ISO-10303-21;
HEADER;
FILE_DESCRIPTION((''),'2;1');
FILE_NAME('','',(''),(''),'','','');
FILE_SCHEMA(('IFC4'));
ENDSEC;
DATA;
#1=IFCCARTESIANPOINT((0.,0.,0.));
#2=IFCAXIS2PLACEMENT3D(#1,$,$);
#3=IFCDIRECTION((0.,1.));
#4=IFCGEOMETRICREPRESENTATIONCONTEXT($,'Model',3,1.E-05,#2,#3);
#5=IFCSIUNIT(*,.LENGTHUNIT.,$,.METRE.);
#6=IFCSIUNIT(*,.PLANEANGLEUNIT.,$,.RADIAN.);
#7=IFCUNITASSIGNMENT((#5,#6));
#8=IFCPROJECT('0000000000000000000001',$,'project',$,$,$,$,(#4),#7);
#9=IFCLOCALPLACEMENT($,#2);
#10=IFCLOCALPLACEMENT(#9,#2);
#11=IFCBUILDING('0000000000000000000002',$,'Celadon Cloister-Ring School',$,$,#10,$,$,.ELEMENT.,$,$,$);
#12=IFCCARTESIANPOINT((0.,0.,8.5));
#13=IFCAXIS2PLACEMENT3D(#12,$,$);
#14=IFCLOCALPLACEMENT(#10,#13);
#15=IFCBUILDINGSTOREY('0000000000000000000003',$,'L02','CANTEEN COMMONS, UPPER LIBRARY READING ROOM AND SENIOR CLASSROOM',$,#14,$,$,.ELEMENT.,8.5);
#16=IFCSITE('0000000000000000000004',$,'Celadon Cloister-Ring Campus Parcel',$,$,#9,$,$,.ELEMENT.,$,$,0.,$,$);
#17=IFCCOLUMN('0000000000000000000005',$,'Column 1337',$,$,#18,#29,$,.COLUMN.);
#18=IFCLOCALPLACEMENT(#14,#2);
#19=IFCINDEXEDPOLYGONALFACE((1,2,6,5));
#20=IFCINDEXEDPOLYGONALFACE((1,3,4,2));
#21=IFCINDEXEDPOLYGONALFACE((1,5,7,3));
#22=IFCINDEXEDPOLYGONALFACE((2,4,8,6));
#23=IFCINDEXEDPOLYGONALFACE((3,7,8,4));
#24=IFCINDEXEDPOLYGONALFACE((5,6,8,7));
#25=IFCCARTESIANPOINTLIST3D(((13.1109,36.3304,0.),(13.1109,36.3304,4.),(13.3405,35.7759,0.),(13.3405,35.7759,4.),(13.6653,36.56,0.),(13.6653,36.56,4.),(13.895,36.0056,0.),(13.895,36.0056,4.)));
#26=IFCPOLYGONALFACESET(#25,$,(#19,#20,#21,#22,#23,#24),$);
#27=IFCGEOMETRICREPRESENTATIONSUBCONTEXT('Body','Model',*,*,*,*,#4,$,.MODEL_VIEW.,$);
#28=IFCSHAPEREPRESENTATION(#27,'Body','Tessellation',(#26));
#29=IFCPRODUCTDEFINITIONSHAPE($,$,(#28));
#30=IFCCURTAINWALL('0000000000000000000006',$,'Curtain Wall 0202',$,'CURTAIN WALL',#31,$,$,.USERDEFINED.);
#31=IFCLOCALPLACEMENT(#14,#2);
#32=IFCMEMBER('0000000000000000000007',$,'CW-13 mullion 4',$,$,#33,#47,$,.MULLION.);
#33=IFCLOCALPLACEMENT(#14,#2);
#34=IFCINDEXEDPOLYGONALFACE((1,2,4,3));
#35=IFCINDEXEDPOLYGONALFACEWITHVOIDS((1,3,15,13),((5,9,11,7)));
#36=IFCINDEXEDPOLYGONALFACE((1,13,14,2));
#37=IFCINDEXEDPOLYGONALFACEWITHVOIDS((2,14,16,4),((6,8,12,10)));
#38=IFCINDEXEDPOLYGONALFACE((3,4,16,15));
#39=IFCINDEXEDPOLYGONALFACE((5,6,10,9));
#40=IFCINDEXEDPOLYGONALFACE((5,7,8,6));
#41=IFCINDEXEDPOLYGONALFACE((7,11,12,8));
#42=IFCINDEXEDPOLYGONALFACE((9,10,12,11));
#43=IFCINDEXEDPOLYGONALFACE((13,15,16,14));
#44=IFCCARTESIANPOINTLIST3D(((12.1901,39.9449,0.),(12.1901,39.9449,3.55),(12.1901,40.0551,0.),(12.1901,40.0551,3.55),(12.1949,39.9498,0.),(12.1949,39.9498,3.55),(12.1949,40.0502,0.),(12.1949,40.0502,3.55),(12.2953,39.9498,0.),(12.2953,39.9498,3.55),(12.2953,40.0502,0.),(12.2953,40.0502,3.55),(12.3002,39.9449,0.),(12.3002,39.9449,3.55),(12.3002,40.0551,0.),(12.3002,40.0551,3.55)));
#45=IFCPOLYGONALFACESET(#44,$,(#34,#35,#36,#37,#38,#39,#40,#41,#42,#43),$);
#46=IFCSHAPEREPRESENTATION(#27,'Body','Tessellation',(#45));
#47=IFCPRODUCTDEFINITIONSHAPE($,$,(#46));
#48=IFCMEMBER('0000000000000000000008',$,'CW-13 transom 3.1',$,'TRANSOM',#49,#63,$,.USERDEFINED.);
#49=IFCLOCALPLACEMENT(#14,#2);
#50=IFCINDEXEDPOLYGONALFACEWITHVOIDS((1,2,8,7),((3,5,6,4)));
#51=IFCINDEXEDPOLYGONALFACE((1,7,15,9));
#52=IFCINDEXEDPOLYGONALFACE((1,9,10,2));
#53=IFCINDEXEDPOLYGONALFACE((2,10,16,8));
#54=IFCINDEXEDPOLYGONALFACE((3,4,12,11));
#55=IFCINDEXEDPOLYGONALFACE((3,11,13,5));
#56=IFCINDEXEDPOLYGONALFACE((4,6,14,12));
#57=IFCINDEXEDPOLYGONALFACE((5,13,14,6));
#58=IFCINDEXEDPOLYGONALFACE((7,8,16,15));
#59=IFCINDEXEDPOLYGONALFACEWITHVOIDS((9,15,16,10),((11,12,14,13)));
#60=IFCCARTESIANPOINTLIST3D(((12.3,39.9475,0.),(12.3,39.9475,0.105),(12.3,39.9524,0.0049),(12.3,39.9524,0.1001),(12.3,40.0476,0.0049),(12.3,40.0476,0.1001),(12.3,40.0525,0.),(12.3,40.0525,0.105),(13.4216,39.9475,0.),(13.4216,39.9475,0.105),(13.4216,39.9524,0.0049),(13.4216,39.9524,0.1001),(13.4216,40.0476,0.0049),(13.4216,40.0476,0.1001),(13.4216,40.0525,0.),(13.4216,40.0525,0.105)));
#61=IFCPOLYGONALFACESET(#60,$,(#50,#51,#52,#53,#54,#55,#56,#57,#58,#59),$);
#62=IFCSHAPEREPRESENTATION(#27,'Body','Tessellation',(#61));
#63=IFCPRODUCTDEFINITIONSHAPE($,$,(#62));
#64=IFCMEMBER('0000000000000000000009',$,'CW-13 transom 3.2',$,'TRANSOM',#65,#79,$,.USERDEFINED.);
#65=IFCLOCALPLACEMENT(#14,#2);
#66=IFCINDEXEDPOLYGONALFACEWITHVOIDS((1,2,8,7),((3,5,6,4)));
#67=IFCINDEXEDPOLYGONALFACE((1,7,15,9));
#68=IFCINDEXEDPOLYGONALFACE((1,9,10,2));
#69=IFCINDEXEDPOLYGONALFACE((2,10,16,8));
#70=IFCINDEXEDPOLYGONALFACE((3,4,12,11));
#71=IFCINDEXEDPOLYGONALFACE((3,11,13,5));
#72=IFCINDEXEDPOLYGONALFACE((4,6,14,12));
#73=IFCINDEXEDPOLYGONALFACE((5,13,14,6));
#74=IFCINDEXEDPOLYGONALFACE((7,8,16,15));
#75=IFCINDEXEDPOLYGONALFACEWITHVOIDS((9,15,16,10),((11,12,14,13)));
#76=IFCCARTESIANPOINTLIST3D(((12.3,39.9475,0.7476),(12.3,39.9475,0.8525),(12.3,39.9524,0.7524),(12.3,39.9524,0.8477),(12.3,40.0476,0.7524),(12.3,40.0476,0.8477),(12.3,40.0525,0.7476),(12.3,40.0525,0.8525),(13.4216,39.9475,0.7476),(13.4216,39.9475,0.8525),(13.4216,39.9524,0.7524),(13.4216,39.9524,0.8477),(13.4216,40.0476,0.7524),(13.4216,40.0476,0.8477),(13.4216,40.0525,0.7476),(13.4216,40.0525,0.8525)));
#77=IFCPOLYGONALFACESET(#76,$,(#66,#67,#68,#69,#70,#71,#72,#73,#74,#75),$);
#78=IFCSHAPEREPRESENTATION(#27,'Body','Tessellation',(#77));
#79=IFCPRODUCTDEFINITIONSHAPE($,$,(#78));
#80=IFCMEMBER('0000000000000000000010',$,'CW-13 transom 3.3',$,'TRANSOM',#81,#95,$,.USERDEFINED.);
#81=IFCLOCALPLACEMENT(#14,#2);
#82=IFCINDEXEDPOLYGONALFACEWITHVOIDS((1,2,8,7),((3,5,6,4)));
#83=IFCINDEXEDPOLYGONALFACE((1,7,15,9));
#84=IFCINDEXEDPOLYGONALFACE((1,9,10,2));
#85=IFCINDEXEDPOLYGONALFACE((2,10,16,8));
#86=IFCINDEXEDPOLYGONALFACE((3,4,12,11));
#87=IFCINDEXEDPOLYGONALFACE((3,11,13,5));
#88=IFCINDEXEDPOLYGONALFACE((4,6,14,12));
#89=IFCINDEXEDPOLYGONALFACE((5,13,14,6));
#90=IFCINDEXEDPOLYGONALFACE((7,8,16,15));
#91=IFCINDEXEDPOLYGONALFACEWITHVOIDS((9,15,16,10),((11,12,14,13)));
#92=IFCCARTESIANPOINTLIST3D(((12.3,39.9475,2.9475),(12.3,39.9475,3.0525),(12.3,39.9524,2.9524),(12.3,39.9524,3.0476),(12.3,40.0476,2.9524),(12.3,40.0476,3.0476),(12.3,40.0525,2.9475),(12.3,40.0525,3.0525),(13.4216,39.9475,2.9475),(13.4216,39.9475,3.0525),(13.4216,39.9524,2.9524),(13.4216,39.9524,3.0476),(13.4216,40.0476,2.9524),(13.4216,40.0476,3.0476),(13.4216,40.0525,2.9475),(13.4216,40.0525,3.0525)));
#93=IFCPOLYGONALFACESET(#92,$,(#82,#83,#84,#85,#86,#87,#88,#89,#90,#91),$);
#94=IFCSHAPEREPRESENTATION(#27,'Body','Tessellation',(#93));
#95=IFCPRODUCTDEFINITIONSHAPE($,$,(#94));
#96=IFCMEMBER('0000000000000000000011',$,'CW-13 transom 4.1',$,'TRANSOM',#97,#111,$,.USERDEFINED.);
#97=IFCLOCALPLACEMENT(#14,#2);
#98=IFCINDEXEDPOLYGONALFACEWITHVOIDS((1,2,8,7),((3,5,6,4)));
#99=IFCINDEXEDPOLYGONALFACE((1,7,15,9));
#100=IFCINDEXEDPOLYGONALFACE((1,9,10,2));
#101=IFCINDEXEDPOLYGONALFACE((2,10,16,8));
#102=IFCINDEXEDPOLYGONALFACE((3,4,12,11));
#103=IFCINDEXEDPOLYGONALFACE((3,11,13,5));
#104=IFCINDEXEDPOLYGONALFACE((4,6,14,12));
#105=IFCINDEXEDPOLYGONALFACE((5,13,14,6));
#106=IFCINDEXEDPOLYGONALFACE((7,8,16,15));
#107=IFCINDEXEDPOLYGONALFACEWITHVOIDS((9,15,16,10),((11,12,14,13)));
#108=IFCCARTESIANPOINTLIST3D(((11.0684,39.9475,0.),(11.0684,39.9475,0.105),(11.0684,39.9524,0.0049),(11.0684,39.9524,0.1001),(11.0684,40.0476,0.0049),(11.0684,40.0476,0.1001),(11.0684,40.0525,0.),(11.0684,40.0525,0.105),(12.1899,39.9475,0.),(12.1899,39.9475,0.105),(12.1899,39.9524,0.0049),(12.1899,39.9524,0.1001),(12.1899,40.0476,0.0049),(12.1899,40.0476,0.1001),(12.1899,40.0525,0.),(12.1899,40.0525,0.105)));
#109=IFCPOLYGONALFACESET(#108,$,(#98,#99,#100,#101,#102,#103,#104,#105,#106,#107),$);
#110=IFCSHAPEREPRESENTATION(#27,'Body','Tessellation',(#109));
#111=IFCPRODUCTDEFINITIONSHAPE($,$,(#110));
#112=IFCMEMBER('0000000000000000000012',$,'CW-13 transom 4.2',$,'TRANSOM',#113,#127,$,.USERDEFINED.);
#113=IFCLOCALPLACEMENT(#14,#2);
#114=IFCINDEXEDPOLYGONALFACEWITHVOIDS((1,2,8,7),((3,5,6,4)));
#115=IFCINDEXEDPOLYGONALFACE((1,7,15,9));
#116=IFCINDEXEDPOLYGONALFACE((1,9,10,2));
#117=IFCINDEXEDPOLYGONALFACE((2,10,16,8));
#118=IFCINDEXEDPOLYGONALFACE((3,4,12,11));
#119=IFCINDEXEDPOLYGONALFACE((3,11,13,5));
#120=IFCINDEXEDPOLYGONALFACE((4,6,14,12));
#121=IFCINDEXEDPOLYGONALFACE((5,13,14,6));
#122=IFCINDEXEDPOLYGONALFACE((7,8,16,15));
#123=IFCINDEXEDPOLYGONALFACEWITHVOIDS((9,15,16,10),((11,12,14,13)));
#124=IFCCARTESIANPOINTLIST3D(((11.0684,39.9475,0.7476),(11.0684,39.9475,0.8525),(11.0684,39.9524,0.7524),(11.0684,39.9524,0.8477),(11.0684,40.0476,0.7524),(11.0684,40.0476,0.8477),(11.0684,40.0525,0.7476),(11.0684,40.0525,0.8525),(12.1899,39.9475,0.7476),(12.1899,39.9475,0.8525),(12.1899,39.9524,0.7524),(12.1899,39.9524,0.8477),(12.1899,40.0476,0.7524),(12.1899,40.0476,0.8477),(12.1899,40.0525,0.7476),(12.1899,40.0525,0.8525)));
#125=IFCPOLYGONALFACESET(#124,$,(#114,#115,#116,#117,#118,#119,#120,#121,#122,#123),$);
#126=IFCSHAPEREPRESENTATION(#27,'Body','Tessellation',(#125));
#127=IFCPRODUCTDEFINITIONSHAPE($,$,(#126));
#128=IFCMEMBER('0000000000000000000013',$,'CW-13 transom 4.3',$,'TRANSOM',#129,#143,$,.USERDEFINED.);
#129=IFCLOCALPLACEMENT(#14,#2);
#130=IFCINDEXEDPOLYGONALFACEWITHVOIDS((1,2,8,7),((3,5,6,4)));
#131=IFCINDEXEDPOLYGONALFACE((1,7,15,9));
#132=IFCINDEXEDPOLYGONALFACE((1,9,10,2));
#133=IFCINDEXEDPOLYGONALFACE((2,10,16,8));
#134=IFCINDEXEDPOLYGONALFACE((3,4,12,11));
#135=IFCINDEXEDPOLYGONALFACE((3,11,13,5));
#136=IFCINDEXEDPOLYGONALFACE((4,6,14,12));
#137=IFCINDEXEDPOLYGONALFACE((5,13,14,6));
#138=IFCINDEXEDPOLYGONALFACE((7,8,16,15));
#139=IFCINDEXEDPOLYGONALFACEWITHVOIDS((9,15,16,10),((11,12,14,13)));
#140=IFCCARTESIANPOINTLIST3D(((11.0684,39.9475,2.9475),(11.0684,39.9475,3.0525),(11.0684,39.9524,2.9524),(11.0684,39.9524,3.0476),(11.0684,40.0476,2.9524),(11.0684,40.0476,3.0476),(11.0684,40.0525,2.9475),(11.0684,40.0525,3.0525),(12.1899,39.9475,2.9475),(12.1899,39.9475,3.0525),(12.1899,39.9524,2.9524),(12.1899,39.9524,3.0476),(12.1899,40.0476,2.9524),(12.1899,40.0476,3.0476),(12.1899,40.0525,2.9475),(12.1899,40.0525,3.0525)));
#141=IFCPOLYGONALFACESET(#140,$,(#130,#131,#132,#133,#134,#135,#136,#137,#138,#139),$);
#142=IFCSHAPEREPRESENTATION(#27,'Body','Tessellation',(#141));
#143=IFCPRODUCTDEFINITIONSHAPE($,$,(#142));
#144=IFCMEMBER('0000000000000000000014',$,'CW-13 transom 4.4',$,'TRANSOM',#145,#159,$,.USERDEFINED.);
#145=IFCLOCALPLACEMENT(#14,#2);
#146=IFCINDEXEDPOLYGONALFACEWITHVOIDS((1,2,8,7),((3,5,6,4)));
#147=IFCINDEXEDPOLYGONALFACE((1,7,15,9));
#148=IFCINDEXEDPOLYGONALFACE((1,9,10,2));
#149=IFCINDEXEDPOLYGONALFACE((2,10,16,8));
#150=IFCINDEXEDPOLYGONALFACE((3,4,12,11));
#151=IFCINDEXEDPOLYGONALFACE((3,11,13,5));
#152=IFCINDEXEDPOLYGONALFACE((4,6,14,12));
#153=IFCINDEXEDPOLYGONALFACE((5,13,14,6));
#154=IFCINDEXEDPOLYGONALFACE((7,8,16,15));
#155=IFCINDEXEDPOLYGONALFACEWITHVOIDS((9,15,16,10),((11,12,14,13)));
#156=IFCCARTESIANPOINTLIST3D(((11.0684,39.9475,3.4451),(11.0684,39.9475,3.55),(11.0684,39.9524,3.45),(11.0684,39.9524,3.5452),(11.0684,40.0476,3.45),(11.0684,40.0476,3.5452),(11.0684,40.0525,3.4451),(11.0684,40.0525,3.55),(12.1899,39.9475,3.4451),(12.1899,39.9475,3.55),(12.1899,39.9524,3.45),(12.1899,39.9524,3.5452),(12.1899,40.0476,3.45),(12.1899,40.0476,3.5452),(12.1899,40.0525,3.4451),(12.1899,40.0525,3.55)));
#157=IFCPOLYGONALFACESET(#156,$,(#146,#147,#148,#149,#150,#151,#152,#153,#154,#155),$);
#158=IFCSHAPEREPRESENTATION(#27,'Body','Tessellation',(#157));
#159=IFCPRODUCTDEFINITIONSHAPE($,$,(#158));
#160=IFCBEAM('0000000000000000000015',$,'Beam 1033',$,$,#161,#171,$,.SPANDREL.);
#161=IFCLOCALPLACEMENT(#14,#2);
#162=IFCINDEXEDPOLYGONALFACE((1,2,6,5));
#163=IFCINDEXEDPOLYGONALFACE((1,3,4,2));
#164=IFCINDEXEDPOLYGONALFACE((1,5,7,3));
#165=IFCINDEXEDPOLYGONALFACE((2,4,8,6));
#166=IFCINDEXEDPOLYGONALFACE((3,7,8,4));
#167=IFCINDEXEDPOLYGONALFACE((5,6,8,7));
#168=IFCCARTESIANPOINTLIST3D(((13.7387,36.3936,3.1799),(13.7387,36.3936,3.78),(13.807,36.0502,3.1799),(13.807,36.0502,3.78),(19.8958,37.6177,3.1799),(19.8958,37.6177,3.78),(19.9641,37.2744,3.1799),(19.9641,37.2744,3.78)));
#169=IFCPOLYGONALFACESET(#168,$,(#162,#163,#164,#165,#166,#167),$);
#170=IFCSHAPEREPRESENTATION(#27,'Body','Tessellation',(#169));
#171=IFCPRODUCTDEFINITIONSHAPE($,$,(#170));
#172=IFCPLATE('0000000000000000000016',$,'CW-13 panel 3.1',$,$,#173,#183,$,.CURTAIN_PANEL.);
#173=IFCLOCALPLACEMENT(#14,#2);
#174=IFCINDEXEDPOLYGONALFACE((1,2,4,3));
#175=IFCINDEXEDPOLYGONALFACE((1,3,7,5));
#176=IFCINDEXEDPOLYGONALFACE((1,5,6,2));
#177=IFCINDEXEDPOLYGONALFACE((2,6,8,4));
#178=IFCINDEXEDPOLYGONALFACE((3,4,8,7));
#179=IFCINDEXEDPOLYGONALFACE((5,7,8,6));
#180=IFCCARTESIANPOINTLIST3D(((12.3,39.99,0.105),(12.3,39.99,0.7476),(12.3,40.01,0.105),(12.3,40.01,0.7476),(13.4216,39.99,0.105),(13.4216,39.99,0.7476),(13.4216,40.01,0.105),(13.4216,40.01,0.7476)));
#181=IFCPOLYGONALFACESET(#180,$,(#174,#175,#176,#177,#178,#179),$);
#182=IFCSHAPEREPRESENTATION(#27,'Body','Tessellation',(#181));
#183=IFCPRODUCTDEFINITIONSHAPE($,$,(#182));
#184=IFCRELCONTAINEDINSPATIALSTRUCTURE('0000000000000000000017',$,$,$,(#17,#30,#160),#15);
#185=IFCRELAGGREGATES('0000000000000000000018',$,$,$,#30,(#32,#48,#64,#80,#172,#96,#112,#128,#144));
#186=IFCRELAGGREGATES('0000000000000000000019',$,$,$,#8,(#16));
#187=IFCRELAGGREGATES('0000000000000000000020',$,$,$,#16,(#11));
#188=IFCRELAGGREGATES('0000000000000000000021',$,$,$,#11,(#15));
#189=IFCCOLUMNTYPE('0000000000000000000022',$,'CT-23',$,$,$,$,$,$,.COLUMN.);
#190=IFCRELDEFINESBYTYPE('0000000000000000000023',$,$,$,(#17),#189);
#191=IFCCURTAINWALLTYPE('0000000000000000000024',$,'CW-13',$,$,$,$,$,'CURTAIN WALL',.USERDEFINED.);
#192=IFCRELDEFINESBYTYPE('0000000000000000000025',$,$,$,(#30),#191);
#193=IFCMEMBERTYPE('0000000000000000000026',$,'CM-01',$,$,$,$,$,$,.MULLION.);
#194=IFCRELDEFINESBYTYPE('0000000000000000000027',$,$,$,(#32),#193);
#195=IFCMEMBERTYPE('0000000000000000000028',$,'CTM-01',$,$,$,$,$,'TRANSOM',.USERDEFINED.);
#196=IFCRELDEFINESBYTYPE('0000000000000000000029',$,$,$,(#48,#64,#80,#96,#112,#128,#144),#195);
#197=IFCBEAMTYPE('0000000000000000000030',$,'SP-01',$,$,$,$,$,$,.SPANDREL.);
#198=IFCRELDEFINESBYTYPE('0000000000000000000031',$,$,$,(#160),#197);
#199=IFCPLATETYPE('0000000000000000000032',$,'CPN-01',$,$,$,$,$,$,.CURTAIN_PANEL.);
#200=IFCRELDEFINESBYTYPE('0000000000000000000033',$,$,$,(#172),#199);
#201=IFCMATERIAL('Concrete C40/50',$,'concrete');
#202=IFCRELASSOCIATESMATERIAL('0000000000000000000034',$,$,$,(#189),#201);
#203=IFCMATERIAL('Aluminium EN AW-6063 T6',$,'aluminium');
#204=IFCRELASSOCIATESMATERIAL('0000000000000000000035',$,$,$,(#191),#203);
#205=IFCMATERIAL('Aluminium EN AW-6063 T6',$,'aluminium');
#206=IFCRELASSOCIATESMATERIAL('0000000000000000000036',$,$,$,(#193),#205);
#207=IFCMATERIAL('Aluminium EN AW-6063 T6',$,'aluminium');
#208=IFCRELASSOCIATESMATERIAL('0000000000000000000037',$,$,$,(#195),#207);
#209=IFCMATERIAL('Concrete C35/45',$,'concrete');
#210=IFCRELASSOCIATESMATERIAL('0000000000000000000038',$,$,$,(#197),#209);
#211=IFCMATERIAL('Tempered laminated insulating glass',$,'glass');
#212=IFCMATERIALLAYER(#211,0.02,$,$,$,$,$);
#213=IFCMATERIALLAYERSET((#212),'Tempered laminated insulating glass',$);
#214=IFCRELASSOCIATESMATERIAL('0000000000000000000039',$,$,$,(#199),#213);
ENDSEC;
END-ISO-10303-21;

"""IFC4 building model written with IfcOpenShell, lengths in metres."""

from ifc_helpers import new_model, si_unit, direction, frame, origin, origin_2d, place, context, subcontext, project, spatial, rectangle, hollow_rectangle, extrude, material, layer, layer_set, material_profile, profile_set, type_object, element, aggregate, save


model = new_model("IFC4")

# Units and contexts
model_context = context("Model", 3, precision=1e-05, world=origin(), true_north=direction((0.0, 1.0)))
body_context = subcontext(model_context, "Body", "Model", "MODEL_VIEW")
ifc_project = project(units=[si_unit("LENGTHUNIT", "METRE"), si_unit("PLANEANGLEUNIT", "RADIAN")], contexts=[model_context])

# Site, building, storey
site_placement = place(None, origin())
site = spatial("IfcSite", under=ifc_project, at=site_placement, Name="Celadon Cloister-Ring Campus Parcel", CompositionType="ELEMENT", RefElevation=0.0)
building_placement = place(site_placement, origin())
building = spatial("IfcBuilding", under=site, at=building_placement, Name="Celadon Cloister-Ring School", CompositionType="ELEMENT")
storey_placement = place(building_placement, frame((0.0, 0.0, 8.5)))
storey = spatial("IfcBuildingStorey", under=building, at=storey_placement, Name="L02", Description="CANTEEN COMMONS, UPPER LIBRARY READING ROOM AND SENIOR CLASSROOM", CompositionType="ELEMENT", Elevation=8.5)

# Column
ifc_material_1 = material(Name="Concrete C40/50", Category="concrete")
ifc_material_profile_1 = material_profile(ifc_material_1, rectangle(XDim=0.6001, YDim=0.6001, at=origin_2d()), Name="RC600X600")
ifc_profile_set_1 = profile_set([ifc_material_profile_1], Name="Concrete C40/50")
column_type = type_object("IfcColumnType", Name="CT-23", PredefinedType="COLUMN", material=ifc_profile_set_1)
column_placement = place(storey_placement, frame((13.5029, 36.168, 0.0), z_axis=(0.0, 0.0, 1.0), x_axis=(-0.382683, 0.92388, 0.0)))
element("IfcColumn", 1, at=column_placement, inside=storey, type_object=column_type, Name="Column 1337", PredefinedType="COLUMN", context=body_context, shape_type="SweptSolid", body=[
    extrude(rectangle(XDim=0.6001, YDim=0.6001, at=origin_2d()), origin(), (0.0, 0.0, 1.0), 4.0),
])

# Curtain wall, members
ifc_material_2 = material(Name="Aluminium EN AW-6063 T6", Category="aluminium")
curtain_wall_type = type_object("IfcCurtainWallType", Name="CW-13", ElementType="CURTAIN WALL", PredefinedType="USERDEFINED", material=ifc_material_2)
curtain_wall_placement = place(storey_placement, origin())
curtain_wall = element("IfcCurtainWall", 2, at=curtain_wall_placement, inside=storey, type_object=curtain_wall_type, Name="Curtain Wall 0202", ObjectType="CURTAIN WALL", PredefinedType="USERDEFINED")
ifc_material_3 = material(Name="Aluminium EN AW-6063 T6", Category="aluminium")
ifc_material_profile_2 = material_profile(ifc_material_3, hollow_rectangle(XDim=0.1101, YDim=0.1101, WallThickness=0.0049, at=origin_2d()), Name="RHS110X110X5")
ifc_profile_set_2 = profile_set([ifc_material_profile_2], Name="Aluminium EN AW-6063 T6")
member_type_1 = type_object("IfcMemberType", Name="CM-01", PredefinedType="MULLION", material=ifc_profile_set_2)
member_1_placement = place(storey_placement, frame((12.2451, 40.0, 0.0), z_axis=(0.0, 0.0, 1.0), x_axis=(0.0, -1.0, 0.0)))
member_1 = element("IfcMember", 3, at=member_1_placement, type_object=member_type_1, Name="CW-13 mullion 4", PredefinedType="MULLION", context=body_context, shape_type="SweptSolid", body=[
    extrude(hollow_rectangle(XDim=0.1101, YDim=0.1101, WallThickness=0.0049, at=origin_2d()), origin(), (0.0, 0.0, 1.0), 3.55),
])
ifc_material_4 = material(Name="Aluminium EN AW-6063 T6", Category="aluminium")
ifc_material_profile_3 = material_profile(ifc_material_4, hollow_rectangle(XDim=0.105, YDim=0.105, WallThickness=0.0049, at=origin_2d()), Name="RHS105X105X5")
ifc_profile_set_3 = profile_set([ifc_material_profile_3], Name="Aluminium EN AW-6063 T6")
member_type_2 = type_object("IfcMemberType", Name="CTM-01", ElementType="TRANSOM", PredefinedType="USERDEFINED", material=ifc_profile_set_3)
member_2_placement = place(storey_placement, frame((13.4216, 40.0, 0.0525), z_axis=(-1.0, 0.0, 0.0), x_axis=(0.0, -1.0, 0.0)))
member_2 = element("IfcMember", 4, at=member_2_placement, type_object=member_type_2, Name="CW-13 transom 3.1", ObjectType="TRANSOM", PredefinedType="USERDEFINED", context=body_context, shape_type="SweptSolid", body=[
    extrude(hollow_rectangle(XDim=0.105, YDim=0.105, WallThickness=0.0049, at=origin_2d()), origin(), (0.0, 0.0, 1.0), 1.1216),
])
member_3_placement = place(storey_placement, frame((13.4216, 40.0, 0.8), z_axis=(-1.0, 0.0, 0.0), x_axis=(0.0, -1.0, 0.0)))
member_3 = element("IfcMember", 5, at=member_3_placement, type_object=member_type_2, Name="CW-13 transom 3.2", ObjectType="TRANSOM", PredefinedType="USERDEFINED", context=body_context, shape_type="SweptSolid", body=[
    extrude(hollow_rectangle(XDim=0.105, YDim=0.105, WallThickness=0.0049, at=origin_2d()), origin(), (0.0, 0.0, 1.0), 1.1216),
])
member_4_placement = place(storey_placement, frame((13.4216, 40.0, 3.0), z_axis=(-1.0, 0.0, 0.0), x_axis=(0.0, -1.0, 0.0)))
member_4 = element("IfcMember", 6, at=member_4_placement, type_object=member_type_2, Name="CW-13 transom 3.3", ObjectType="TRANSOM", PredefinedType="USERDEFINED", context=body_context, shape_type="SweptSolid", body=[
    extrude(hollow_rectangle(XDim=0.105, YDim=0.105, WallThickness=0.0049, at=origin_2d()), origin(), (0.0, 0.0, 1.0), 1.1216),
])
member_5_placement = place(storey_placement, frame((12.1899, 40.0, 0.0525), z_axis=(-1.0, 0.0, 0.0), x_axis=(0.0, -1.0, 0.0)))
member_5 = element("IfcMember", 7, at=member_5_placement, type_object=member_type_2, Name="CW-13 transom 4.1", ObjectType="TRANSOM", PredefinedType="USERDEFINED", context=body_context, shape_type="SweptSolid", body=[
    extrude(hollow_rectangle(XDim=0.105, YDim=0.105, WallThickness=0.0049, at=origin_2d()), origin(), (0.0, 0.0, 1.0), 1.1216),
])
member_6_placement = place(storey_placement, frame((12.1899, 40.0, 0.8), z_axis=(-1.0, 0.0, 0.0), x_axis=(0.0, -1.0, 0.0)))
member_6 = element("IfcMember", 8, at=member_6_placement, type_object=member_type_2, Name="CW-13 transom 4.2", ObjectType="TRANSOM", PredefinedType="USERDEFINED", context=body_context, shape_type="SweptSolid", body=[
    extrude(hollow_rectangle(XDim=0.105, YDim=0.105, WallThickness=0.0049, at=origin_2d()), origin(), (0.0, 0.0, 1.0), 1.1216),
])
member_7_placement = place(storey_placement, frame((12.1899, 40.0, 3.0), z_axis=(-1.0, 0.0, 0.0), x_axis=(0.0, -1.0, 0.0)))
member_7 = element("IfcMember", 9, at=member_7_placement, type_object=member_type_2, Name="CW-13 transom 4.3", ObjectType="TRANSOM", PredefinedType="USERDEFINED", context=body_context, shape_type="SweptSolid", body=[
    extrude(hollow_rectangle(XDim=0.105, YDim=0.105, WallThickness=0.0049, at=origin_2d()), origin(), (0.0, 0.0, 1.0), 1.1216),
])
member_8_placement = place(storey_placement, frame((12.1899, 40.0, 3.4976), z_axis=(-1.0, 0.0, 0.0), x_axis=(0.0, -1.0, 0.0)))
member_8 = element("IfcMember", 10, at=member_8_placement, type_object=member_type_2, Name="CW-13 transom 4.4", ObjectType="TRANSOM", PredefinedType="USERDEFINED", context=body_context, shape_type="SweptSolid", body=[
    extrude(hollow_rectangle(XDim=0.105, YDim=0.105, WallThickness=0.0049, at=origin_2d()), origin(), (0.0, 0.0, 1.0), 1.1216),
])

# Beam
ifc_material_5 = material(Name="Concrete C35/45", Category="concrete")
ifc_material_profile_4 = material_profile(ifc_material_5, rectangle(XDim=0.3501, YDim=0.6001, at=origin_2d()), Name="RC350X600")
ifc_profile_set_4 = profile_set([ifc_material_profile_4], Name="Concrete C35/45")
beam_type = type_object("IfcBeamType", Name="SP-01", PredefinedType="SPANDREL", material=ifc_profile_set_4)
beam_placement = place(storey_placement, frame((19.9299, 37.446, 3.48), z_axis=(-0.980803, -0.195002, 0.0), x_axis=(0.195002, -0.980803, 0.0)))
element("IfcBeam", 11, at=beam_placement, inside=storey, type_object=beam_type, Name="Beam 1033", PredefinedType="SPANDREL", context=body_context, shape_type="SweptSolid", body=[
    extrude(rectangle(XDim=0.3501, YDim=0.6001, at=origin_2d()), origin(), (0.0, 0.0, 1.0), 6.2776),
])

# Plate
ifc_material_6 = material(Name="Tempered laminated insulating glass", Category="glass")
ifc_layer_1 = layer(ifc_material_6, 0.02)
ifc_layer_set_1 = layer_set([ifc_layer_1], Name="Tempered laminated insulating glass")
plate_type = type_object("IfcPlateType", Name="CPN-01", PredefinedType="CURTAIN_PANEL", material=ifc_layer_set_1)
plate_1_placement = place(storey_placement, frame((12.8608, 40.0, 0.105), z_axis=(0.0, 0.0, 1.0), x_axis=(-1.0, 0.0, 0.0)))
plate_1 = element("IfcPlate", 12, at=plate_1_placement, type_object=plate_type, Name="CW-13 panel 3.1", PredefinedType="CURTAIN_PANEL", context=body_context, shape_type="SweptSolid", body=[
    extrude(rectangle(XDim=1.1216, YDim=0.02, at=origin_2d()), origin(), (0.0, 0.0, 1.0), 0.6426),
])
aggregate(curtain_wall, [member_1, member_2, member_3, member_4, plate_1, member_5, member_6, member_7, member_8])

save(model, "model.ifc")
